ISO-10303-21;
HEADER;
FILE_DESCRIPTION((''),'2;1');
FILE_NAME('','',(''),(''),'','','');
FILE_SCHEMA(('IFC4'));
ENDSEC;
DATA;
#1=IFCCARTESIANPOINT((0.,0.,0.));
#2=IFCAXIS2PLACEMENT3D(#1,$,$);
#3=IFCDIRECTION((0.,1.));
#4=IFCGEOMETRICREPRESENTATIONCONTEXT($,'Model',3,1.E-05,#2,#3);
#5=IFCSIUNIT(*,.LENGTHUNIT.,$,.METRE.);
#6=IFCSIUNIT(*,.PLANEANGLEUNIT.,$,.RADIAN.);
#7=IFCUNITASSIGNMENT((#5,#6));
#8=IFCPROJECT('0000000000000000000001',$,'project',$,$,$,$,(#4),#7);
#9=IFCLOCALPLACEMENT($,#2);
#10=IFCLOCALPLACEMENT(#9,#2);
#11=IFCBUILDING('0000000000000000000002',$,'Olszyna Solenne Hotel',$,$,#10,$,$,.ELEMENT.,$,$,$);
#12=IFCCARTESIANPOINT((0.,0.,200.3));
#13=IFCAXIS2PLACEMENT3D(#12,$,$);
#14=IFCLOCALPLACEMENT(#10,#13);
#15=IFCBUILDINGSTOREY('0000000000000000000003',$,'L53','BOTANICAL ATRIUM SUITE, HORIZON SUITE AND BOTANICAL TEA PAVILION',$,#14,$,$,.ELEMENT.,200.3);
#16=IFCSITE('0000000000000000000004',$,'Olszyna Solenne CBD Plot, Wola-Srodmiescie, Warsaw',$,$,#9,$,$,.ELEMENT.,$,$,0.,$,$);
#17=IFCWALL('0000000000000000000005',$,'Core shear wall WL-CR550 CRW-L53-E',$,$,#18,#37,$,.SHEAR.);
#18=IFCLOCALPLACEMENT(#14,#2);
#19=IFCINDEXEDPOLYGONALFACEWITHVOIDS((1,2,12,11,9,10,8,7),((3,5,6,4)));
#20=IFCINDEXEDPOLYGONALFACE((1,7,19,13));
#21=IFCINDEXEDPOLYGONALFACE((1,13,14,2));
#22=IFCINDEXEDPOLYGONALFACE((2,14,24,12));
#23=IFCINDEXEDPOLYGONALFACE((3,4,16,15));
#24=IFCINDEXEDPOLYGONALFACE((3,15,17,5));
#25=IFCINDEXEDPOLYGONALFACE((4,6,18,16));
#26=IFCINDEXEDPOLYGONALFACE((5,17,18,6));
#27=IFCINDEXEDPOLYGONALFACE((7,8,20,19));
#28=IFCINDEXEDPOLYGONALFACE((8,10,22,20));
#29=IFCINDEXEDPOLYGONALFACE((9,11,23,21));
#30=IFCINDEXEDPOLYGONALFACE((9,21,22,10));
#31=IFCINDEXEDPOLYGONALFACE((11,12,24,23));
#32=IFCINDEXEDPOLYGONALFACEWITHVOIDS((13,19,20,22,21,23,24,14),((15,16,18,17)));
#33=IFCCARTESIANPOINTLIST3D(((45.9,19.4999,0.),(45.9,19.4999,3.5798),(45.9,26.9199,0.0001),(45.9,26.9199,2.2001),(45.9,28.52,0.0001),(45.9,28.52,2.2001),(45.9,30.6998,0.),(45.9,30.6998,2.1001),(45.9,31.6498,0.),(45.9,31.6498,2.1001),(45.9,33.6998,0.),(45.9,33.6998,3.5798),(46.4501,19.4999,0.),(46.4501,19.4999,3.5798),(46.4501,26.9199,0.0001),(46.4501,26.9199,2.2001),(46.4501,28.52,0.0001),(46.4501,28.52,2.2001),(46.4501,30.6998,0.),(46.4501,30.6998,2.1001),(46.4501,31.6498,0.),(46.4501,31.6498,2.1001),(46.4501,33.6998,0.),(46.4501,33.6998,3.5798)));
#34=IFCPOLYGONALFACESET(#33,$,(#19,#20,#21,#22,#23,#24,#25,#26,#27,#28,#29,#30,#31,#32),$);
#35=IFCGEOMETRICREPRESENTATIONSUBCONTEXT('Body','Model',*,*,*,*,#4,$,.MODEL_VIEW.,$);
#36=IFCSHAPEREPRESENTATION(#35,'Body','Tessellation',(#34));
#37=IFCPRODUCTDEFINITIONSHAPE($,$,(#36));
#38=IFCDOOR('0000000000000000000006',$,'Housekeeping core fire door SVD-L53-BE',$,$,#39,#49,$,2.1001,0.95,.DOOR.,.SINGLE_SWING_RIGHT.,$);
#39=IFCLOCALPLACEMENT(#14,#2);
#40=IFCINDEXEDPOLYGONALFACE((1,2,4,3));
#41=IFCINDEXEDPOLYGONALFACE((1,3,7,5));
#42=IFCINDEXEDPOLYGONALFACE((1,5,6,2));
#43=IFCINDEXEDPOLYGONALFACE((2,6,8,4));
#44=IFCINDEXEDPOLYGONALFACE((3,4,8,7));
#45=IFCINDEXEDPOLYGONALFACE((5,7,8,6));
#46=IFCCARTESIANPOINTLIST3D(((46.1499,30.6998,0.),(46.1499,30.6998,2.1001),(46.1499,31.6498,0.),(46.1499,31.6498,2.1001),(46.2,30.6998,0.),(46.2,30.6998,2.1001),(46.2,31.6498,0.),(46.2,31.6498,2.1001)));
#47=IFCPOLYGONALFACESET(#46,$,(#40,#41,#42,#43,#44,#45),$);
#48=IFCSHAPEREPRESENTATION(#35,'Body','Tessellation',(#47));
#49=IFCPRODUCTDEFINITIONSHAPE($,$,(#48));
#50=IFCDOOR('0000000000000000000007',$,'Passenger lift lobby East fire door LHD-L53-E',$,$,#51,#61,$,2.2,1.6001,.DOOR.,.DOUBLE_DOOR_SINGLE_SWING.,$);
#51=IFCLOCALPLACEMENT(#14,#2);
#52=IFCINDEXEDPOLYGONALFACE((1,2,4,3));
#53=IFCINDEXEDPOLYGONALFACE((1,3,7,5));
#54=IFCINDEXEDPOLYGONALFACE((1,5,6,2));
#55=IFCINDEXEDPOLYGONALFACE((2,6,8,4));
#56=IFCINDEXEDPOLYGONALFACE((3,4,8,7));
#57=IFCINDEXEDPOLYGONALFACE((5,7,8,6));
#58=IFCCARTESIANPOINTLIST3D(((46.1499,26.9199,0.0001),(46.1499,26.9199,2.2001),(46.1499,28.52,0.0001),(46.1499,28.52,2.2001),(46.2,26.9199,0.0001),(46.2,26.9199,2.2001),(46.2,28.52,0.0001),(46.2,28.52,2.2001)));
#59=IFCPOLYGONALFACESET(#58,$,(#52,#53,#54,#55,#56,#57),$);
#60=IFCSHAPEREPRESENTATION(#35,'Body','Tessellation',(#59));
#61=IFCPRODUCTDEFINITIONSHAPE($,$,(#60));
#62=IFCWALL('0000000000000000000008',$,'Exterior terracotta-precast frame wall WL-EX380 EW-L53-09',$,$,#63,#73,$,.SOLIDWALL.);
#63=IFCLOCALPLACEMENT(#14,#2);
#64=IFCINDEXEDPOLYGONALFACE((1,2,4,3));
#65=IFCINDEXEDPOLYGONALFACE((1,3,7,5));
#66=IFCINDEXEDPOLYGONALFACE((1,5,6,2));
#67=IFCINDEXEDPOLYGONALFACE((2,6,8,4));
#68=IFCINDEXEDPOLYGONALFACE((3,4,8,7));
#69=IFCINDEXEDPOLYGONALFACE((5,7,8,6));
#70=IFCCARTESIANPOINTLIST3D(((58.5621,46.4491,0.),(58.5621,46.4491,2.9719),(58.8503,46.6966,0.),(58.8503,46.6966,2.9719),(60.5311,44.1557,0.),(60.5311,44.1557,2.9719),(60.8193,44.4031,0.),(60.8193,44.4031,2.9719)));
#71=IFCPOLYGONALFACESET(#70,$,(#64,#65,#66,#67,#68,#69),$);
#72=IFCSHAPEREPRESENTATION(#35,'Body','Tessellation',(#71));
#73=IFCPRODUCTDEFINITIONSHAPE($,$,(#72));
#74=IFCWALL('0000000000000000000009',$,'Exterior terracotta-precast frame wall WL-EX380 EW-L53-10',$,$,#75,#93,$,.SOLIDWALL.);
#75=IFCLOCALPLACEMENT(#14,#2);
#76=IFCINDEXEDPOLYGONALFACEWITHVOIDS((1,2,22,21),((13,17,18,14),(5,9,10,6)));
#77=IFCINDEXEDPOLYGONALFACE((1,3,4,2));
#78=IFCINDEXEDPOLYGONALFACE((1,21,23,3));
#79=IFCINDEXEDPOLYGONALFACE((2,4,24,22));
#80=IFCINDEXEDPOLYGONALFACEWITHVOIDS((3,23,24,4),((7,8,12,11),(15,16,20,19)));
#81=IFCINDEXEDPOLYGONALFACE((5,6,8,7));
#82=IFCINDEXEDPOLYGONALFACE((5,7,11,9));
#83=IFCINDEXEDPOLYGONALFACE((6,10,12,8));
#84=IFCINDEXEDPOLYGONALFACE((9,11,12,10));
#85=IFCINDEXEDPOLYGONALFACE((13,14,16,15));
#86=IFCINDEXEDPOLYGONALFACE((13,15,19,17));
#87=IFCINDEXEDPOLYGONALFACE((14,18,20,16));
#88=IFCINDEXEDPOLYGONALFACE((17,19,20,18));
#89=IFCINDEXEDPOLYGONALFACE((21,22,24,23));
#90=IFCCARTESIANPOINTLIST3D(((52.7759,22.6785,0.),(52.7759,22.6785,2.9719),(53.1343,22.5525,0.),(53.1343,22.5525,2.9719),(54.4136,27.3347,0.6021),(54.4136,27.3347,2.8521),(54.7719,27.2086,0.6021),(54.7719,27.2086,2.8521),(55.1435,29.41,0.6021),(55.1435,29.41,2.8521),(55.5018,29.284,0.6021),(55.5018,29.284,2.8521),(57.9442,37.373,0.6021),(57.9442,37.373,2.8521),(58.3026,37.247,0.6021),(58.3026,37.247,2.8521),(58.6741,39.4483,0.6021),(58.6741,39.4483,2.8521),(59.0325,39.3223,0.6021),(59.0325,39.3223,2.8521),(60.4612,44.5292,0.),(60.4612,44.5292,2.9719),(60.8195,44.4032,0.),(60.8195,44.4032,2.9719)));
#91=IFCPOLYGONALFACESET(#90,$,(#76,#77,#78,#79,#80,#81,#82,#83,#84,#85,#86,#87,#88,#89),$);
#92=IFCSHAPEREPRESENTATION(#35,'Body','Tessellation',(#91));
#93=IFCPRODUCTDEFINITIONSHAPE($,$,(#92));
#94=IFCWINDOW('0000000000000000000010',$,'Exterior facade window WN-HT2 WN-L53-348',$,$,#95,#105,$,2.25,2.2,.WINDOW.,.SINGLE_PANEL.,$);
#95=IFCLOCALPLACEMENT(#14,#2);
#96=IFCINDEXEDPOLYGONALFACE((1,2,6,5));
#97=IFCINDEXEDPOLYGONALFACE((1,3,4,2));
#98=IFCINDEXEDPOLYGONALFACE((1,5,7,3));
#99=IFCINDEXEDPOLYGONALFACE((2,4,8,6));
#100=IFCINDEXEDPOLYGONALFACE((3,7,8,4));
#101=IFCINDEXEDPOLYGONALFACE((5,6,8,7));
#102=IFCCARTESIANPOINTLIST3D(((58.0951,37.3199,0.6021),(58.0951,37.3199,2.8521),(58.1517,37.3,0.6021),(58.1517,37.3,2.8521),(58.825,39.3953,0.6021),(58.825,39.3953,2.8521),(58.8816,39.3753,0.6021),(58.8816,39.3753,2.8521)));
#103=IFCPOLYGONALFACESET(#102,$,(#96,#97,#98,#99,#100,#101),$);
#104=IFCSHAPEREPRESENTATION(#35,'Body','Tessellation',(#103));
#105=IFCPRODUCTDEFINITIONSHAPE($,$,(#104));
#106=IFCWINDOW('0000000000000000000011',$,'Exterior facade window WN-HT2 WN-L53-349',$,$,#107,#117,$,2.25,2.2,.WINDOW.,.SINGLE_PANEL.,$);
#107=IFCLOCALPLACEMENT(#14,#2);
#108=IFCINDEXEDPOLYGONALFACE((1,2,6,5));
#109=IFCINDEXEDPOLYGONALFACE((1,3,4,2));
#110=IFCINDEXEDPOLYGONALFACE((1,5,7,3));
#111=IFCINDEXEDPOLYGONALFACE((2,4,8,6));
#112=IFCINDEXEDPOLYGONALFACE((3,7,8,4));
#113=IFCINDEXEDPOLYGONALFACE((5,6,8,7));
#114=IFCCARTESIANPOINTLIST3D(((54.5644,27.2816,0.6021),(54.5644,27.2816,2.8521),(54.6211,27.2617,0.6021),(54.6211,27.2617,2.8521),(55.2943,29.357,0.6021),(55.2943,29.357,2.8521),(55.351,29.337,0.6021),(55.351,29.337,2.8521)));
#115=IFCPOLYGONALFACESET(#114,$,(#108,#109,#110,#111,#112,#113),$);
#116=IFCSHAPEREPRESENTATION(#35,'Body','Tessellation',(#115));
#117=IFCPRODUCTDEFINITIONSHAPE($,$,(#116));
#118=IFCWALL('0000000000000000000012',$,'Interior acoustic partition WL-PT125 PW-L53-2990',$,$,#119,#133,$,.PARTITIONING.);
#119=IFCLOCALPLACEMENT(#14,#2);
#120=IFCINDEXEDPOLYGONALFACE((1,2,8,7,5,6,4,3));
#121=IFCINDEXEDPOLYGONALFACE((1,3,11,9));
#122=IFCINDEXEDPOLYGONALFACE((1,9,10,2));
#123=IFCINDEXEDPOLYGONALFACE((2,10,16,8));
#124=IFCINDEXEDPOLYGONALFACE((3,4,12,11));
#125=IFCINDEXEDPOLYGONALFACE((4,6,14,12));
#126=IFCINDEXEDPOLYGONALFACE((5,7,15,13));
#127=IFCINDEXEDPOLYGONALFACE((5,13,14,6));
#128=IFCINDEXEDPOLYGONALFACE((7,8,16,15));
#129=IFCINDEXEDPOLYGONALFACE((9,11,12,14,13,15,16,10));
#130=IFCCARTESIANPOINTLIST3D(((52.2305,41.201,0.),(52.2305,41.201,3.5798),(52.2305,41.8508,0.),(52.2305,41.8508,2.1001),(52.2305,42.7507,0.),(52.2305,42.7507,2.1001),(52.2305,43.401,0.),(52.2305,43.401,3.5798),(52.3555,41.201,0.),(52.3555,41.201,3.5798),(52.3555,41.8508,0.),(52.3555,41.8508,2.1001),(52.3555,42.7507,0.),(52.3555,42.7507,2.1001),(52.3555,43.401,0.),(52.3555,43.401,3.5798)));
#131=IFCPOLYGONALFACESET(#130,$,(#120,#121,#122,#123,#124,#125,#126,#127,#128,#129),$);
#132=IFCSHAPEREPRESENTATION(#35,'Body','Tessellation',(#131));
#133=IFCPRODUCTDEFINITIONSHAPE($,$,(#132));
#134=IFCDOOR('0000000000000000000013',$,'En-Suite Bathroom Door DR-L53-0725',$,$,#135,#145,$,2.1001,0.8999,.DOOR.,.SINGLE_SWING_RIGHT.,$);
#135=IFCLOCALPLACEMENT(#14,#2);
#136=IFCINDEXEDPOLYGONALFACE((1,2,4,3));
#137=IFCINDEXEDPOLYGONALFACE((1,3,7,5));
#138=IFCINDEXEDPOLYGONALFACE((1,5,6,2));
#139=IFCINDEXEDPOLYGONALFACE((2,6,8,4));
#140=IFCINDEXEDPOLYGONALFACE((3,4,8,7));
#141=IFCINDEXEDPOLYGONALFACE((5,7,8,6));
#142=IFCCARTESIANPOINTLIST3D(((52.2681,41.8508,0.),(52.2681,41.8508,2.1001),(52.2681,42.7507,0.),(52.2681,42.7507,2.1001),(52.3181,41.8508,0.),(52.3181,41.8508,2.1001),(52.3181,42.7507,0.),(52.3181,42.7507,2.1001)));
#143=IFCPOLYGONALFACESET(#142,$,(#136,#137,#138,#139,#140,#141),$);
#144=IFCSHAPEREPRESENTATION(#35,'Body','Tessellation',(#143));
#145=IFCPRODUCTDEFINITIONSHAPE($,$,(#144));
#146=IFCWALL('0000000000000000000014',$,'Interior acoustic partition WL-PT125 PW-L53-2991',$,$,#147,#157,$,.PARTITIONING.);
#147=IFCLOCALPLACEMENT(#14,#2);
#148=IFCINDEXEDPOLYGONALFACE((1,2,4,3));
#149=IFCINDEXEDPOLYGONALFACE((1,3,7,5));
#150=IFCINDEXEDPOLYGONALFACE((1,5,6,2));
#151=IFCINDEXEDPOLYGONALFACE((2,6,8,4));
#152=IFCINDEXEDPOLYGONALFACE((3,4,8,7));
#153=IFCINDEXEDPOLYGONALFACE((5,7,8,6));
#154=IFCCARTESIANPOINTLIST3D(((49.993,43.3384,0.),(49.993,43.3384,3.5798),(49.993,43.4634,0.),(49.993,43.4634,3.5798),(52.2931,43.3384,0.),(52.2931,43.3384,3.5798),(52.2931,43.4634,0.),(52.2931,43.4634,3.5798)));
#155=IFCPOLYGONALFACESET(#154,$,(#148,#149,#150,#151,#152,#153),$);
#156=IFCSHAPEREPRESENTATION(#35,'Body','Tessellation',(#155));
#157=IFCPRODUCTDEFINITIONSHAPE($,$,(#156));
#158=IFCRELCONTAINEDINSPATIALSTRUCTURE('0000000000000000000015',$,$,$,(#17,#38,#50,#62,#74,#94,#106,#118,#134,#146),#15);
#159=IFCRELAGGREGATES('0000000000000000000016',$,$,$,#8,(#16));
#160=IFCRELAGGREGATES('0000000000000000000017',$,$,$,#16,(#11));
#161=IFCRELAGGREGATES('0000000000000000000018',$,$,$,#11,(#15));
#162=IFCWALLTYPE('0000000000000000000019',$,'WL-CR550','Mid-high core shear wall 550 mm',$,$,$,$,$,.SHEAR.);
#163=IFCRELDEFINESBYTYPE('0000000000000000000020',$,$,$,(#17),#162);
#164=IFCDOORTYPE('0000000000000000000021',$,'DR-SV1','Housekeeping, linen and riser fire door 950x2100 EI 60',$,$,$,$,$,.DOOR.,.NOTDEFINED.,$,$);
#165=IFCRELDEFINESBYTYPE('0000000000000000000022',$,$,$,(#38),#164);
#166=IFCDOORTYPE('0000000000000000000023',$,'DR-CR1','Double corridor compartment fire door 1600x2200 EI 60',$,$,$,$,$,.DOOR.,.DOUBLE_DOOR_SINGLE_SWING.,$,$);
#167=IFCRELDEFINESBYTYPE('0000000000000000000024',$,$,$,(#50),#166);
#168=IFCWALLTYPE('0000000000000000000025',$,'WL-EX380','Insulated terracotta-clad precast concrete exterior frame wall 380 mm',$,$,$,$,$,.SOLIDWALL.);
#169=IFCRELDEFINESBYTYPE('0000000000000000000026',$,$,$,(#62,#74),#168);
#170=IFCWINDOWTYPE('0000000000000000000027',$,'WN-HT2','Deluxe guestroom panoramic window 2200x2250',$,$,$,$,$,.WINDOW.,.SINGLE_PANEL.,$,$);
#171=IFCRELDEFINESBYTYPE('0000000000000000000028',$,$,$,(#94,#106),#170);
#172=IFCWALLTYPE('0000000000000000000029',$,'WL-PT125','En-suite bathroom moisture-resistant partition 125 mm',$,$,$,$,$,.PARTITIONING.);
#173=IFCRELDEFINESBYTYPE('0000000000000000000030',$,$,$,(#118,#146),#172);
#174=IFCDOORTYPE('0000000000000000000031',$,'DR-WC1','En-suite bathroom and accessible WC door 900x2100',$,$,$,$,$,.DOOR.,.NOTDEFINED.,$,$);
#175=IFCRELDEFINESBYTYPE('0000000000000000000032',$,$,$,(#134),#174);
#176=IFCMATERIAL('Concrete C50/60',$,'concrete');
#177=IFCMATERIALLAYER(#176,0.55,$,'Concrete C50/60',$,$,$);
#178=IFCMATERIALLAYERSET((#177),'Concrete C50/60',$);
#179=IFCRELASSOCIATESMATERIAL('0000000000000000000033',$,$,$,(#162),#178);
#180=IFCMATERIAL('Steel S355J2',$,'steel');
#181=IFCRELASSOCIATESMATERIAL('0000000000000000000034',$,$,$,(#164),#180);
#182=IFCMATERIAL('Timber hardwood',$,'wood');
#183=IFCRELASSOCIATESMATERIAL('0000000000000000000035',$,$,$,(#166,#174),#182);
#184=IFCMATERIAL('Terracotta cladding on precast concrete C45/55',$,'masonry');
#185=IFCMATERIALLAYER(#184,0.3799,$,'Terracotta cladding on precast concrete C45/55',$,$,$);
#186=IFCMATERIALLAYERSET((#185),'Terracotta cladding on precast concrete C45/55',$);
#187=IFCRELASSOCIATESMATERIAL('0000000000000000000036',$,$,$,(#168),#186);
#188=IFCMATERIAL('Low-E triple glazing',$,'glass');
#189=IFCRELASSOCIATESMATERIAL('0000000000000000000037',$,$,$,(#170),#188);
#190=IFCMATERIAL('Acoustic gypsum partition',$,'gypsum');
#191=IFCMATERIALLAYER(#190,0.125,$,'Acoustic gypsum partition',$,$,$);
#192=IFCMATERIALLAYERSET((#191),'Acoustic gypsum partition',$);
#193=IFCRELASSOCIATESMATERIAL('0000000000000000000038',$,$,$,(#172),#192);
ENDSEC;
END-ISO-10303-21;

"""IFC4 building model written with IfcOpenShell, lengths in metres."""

from ifc_helpers import new_model, si_unit, direction, frame, frame_2d, origin, place, context, subcontext, project, spatial, rectangle, extrude, source, transform, mapped, material, layer, layer_set, type_object, type_shapes, element, fill, save


model = new_model("IFC4")

# Units and contexts
model_context = context("Model", 3, precision=1e-05, world=origin(), true_north=direction((0.0, 1.0)))
body_context = subcontext(model_context, "Body", "Model", "MODEL_VIEW")
ifc_project = project(units=[si_unit("LENGTHUNIT", "METRE"), si_unit("PLANEANGLEUNIT", "RADIAN")], contexts=[model_context])

# Site, building, storey
site_placement = place(None, origin())
site = spatial("IfcSite", under=ifc_project, at=site_placement, Name="Olszyna Solenne CBD Plot, Wola-Srodmiescie, Warsaw", CompositionType="ELEMENT", RefElevation=0.0)
building_placement = place(site_placement, origin())
building = spatial("IfcBuilding", under=site, at=building_placement, Name="Olszyna Solenne Hotel", CompositionType="ELEMENT")
storey_placement = place(building_placement, frame((0.0, 0.0, 200.3)))
storey = spatial("IfcBuildingStorey", under=building, at=storey_placement, Name="L53", Description="BOTANICAL ATRIUM SUITE, HORIZON SUITE AND BOTANICAL TEA PAVILION", CompositionType="ELEMENT", Elevation=200.3)

# Shared definitions
ifc_material_1 = material(Name="Steel S355J2", Category="steel")

# Wall, openings, doors
ifc_material_2 = material(Name="Concrete C50/60", Category="concrete")
ifc_layer_1 = layer(ifc_material_2, 0.55, Name="Concrete C50/60")
ifc_layer_set_1 = layer_set([ifc_layer_1], Name="Concrete C50/60")
wall_type_1 = type_object("IfcWallType", Name="WL-CR550", Description="Mid-high core shear wall 550 mm", PredefinedType="SHEAR", material=ifc_layer_set_1)
wall_1_placement = place(storey_placement, frame((46.175, 33.7, 0.0), z_axis=(0.0, 0.0, 1.0), x_axis=(0.0, -1.0, 0.0)))
wall_1 = element("IfcWall", 1, at=wall_1_placement, inside=storey, type_object=wall_type_1, Name="Core shear wall WL-CR550 CRW-L53-E", PredefinedType="SHEAR", context=body_context, shape_type="SweptSolid", body=[
    extrude(rectangle(XDim=14.2, YDim=0.55, at=frame_2d((7.1001, 0.0))), origin(), (0.0, 0.0, 1.0), 3.5798),
])
opening_1_placement = place(wall_1_placement, frame((5.1799, 0.0, 0.0)))
opening_1 = element("IfcOpeningElement", 2, at=opening_1_placement, cuts=wall_1, PredefinedType="OPENING", context=body_context, shape_type="SweptSolid", body=[
    extrude(rectangle(XDim=1.6001, YDim=2.2, at=frame_2d((0.8, 1.1001))), frame((0.0, 0.2852, 0.0), z_axis=(0.0, -1.0, 0.0), x_axis=(1.0, 0.0, 0.0)), (0.0, 0.0, 1.0), 0.5701),
])
opening_2_placement = place(wall_1_placement, frame((2.05, 0.0, 0.0)))
opening_2 = element("IfcOpeningElement", 3, at=opening_2_placement, cuts=wall_1, PredefinedType="OPENING", context=body_context, shape_type="SweptSolid", body=[
    extrude(rectangle(XDim=0.95, YDim=2.1001, at=frame_2d((0.4751, 1.05))), frame((0.0, 0.2852, 0.0), z_axis=(0.0, -1.0, 0.0), x_axis=(1.0, 0.0, 0.0)), (0.0, 0.0, 1.0), 0.5701),
])
door_type_1 = type_object("IfcDoorType", Name="DR-SV1", Description="Housekeeping, linen and riser fire door 950x2100 EI 60", OperationType="NOTDEFINED", PredefinedType="DOOR", material=ifc_material_1)
shared_shape_1 = source(origin(), body_context, "Body", "SweptSolid", [
    extrude(rectangle(XDim=0.95, YDim=2.1001, at=frame_2d((0.4751, 1.05))), frame((0.0, 0.0249, 0.0), z_axis=(0.0, -1.0, 0.0), x_axis=(1.0, 0.0, 0.0)), (0.0, 0.0, 1.0), 0.05),
])
type_shapes(door_type_1, [shared_shape_1])
door_1_placement = place(opening_2_placement, origin())
door_1 = element("IfcDoor", 4, at=door_1_placement, inside=storey, type_object=door_type_1, Name="Housekeeping core fire door SVD-L53-BE", OperationType="SINGLE_SWING_RIGHT", OverallHeight=2.1001, OverallWidth=0.95, PredefinedType="DOOR", context=body_context, shape_type="MappedRepresentation", body=[
    mapped(shared_shape_1, transform((0.0, 0.0, 0.0), x_axis=(1.0, 0.0, 0.0), y_axis=(0.0, 1.0, 0.0), z_axis=(0.0, 0.0, 1.0), scale=1.0)),
])
fill(opening_2, door_1)
ifc_material_3 = material(Name="Timber hardwood", Category="wood")
door_type_2 = type_object("IfcDoorType", Name="DR-CR1", Description="Double corridor compartment fire door 1600x2200 EI 60", OperationType="DOUBLE_DOOR_SINGLE_SWING", PredefinedType="DOOR", material=ifc_material_3)
shared_shape_2 = source(origin(), body_context, "Body", "SweptSolid", [
    extrude(rectangle(XDim=1.6001, YDim=2.2, at=frame_2d((0.8, 1.1001))), frame((0.0, 0.0249, 0.0), z_axis=(0.0, -1.0, 0.0), x_axis=(1.0, 0.0, 0.0)), (0.0, 0.0, 1.0), 0.05),
])
type_shapes(door_type_2, [shared_shape_2])
door_2_placement = place(opening_1_placement, origin())
door_2 = element("IfcDoor", 5, at=door_2_placement, inside=storey, type_object=door_type_2, Name="Passenger lift lobby East fire door LHD-L53-E", OperationType="DOUBLE_DOOR_SINGLE_SWING", OverallHeight=2.2, OverallWidth=1.6001, PredefinedType="DOOR", context=body_context, shape_type="MappedRepresentation", body=[
    mapped(shared_shape_2, transform((0.0, 0.0, 0.0), x_axis=(1.0, 0.0, 0.0), y_axis=(0.0, 1.0, 0.0), z_axis=(0.0, 0.0, 1.0), scale=1.0)),
])
fill(opening_1, door_2)

# Wall
ifc_material_4 = material(Name="Terracotta cladding on precast concrete C45/55", Category="masonry")
ifc_layer_2 = layer(ifc_material_4, 0.3799, Name="Terracotta cladding on precast concrete C45/55")
ifc_layer_set_2 = layer_set([ifc_layer_2], Name="Terracotta cladding on precast concrete C45/55")
wall_type_2 = type_object("IfcWallType", Name="WL-EX380", Description="Insulated terracotta-clad precast concrete exterior frame wall 380 mm", PredefinedType="SOLIDWALL", material=ifc_layer_set_2)
wall_2_placement = place(storey_placement, frame((58.7063, 46.5728, 0.0), z_axis=(0.0, 0.0, 1.0), x_axis=(0.651396, -0.758738, 0.0)))
element("IfcWall", 6, at=wall_2_placement, inside=storey, type_object=wall_type_2, Name="Exterior terracotta-precast frame wall WL-EX380 EW-L53-09", PredefinedType="SOLIDWALL", context=body_context, shape_type="SweptSolid", body=[
    extrude(rectangle(XDim=3.0227, YDim=0.3799, at=frame_2d((1.5112, 0.0))), origin(), (0.0, 0.0, 1.0), 2.9719),
])

# Wall, openings, windows
wall_3_placement = place(storey_placement, frame((60.6404, 44.4663, 0.0), z_axis=(0.0, 0.0, 1.0), x_axis=(-0.331793, -0.943352, 0.0)))
wall_3 = element("IfcWall", 7, at=wall_3_placement, inside=storey, type_object=wall_type_2, Name="Exterior terracotta-precast frame wall WL-EX380 EW-L53-10", PredefinedType="SOLIDWALL", context=body_context, shape_type="SweptSolid", body=[
    extrude(rectangle(XDim=23.1628, YDim=0.3799, at=frame_2d((11.5815, 0.0))), origin(), (0.0, 0.0, 1.0), 2.9719),
])
opening_3_placement = place(wall_3_placement, frame((5.386, 0.0, 0.6021)))
opening_3 = element("IfcOpeningElement", 8, at=opening_3_placement, cuts=wall_3, PredefinedType="OPENING", context=body_context, shape_type="SweptSolid", body=[
    extrude(rectangle(XDim=2.2, YDim=2.25, at=frame_2d((1.1001, 1.125))), frame((0.0, 0.2, 0.0), z_axis=(0.0, -1.0, 0.0), x_axis=(1.0, 0.0, 0.0)), (0.0, 0.0, 1.0), 0.3999),
])
opening_4_placement = place(wall_3_placement, frame((16.0271, 0.0, 0.6021)))
opening_4 = element("IfcOpeningElement", 9, at=opening_4_placement, cuts=wall_3, PredefinedType="OPENING", context=body_context, shape_type="SweptSolid", body=[
    extrude(rectangle(XDim=2.2, YDim=2.25, at=frame_2d((1.1001, 1.125))), frame((0.0, 0.2, 0.0), z_axis=(0.0, -1.0, 0.0), x_axis=(1.0, 0.0, 0.0)), (0.0, 0.0, 1.0), 0.3999),
])
ifc_material_5 = material(Name="Low-E triple glazing", Category="glass")
window_type = type_object("IfcWindowType", Name="WN-HT2", Description="Deluxe guestroom panoramic window 2200x2250", PartitioningType="SINGLE_PANEL", PredefinedType="WINDOW", material=ifc_material_5)
shared_shape_3 = source(origin(), body_context, "Body", "SweptSolid", [
    extrude(rectangle(XDim=2.2, YDim=2.25, at=frame_2d((1.1001, 1.125))), frame((0.0, 0.03, 0.0), z_axis=(0.0, -1.0, 0.0), x_axis=(1.0, 0.0, 0.0)), (0.0, 0.0, 1.0), 0.0601),
])
type_shapes(window_type, [shared_shape_3])
window_1_placement = place(opening_3_placement, origin())
window_1 = element("IfcWindow", 10, at=window_1_placement, inside=storey, type_object=window_type, Name="Exterior facade window WN-HT2 WN-L53-348", OverallHeight=2.25, OverallWidth=2.2, PartitioningType="SINGLE_PANEL", PredefinedType="WINDOW", context=body_context, shape_type="MappedRepresentation", body=[
    mapped(shared_shape_3, transform((0.0, 0.0, 0.0), x_axis=(1.0, 0.0, 0.0), y_axis=(0.0, 1.0, 0.0), z_axis=(0.0, 0.0, 1.0), scale=1.0)),
])
fill(opening_3, window_1)
window_2_placement = place(opening_4_placement, origin())
window_2 = element("IfcWindow", 11, at=window_2_placement, inside=storey, type_object=window_type, Name="Exterior facade window WN-HT2 WN-L53-349", OverallHeight=2.25, OverallWidth=2.2, PartitioningType="SINGLE_PANEL", PredefinedType="WINDOW", context=body_context, shape_type="MappedRepresentation", body=[
    mapped(shared_shape_3, transform((0.0, 0.0, 0.0), x_axis=(1.0, 0.0, 0.0), y_axis=(0.0, 1.0, 0.0), z_axis=(0.0, 0.0, 1.0), scale=1.0)),
])
fill(opening_4, window_2)

# Wall, opening, door
ifc_material_6 = material(Name="Acoustic gypsum partition", Category="gypsum")
ifc_layer_3 = layer(ifc_material_6, 0.125, Name="Acoustic gypsum partition")
ifc_layer_set_3 = layer_set([ifc_layer_3], Name="Acoustic gypsum partition")
wall_type_3 = type_object("IfcWallType", Name="WL-PT125", Description="En-suite bathroom moisture-resistant partition 125 mm", PredefinedType="PARTITIONING", material=ifc_layer_set_3)
wall_4_placement = place(storey_placement, frame((52.293, 41.2009, 0.0), z_axis=(0.0, 0.0, 1.0), x_axis=(0.0, 1.0, 0.0)))
wall_4 = element("IfcWall", 12, at=wall_4_placement, inside=storey, type_object=wall_type_3, Name="Interior acoustic partition WL-PT125 PW-L53-2990", PredefinedType="PARTITIONING", context=body_context, shape_type="SweptSolid", body=[
    extrude(rectangle(XDim=2.2, YDim=0.125, at=frame_2d((1.1001, 0.0))), origin(), (0.0, 0.0, 1.0), 3.5798),
])
opening_5_placement = place(wall_4_placement, frame((0.6499, 0.0, 0.0)))
opening_5 = element("IfcOpeningElement", 13, at=opening_5_placement, cuts=wall_4, PredefinedType="OPENING", context=body_context, shape_type="SweptSolid", body=[
    extrude(rectangle(XDim=0.8999, YDim=2.1001, at=frame_2d((0.45, 1.05))), frame((0.0, 0.0725, 0.0), z_axis=(0.0, -1.0, 0.0), x_axis=(1.0, 0.0, 0.0)), (0.0, 0.0, 1.0), 0.145),
])
door_type_3 = type_object("IfcDoorType", Name="DR-WC1", Description="En-suite bathroom and accessible WC door 900x2100", OperationType="NOTDEFINED", PredefinedType="DOOR", material=ifc_material_3)
shared_shape_4 = source(origin(), body_context, "Body", "SweptSolid", [
    extrude(rectangle(XDim=0.8999, YDim=2.1001, at=frame_2d((0.45, 1.05))), frame((0.0, 0.0249, 0.0), z_axis=(0.0, -1.0, 0.0), x_axis=(1.0, 0.0, 0.0)), (0.0, 0.0, 1.0), 0.05),
])
type_shapes(door_type_3, [shared_shape_4])
door_3_placement = place(opening_5_placement, origin())
door_3 = element("IfcDoor", 14, at=door_3_placement, inside=storey, type_object=door_type_3, Name="En-Suite Bathroom Door DR-L53-0725", OperationType="SINGLE_SWING_RIGHT", OverallHeight=2.1001, OverallWidth=0.8999, PredefinedType="DOOR", context=body_context, shape_type="MappedRepresentation", body=[
    mapped(shared_shape_4, transform((0.0, 0.0, 0.0), x_axis=(1.0, 0.0, 0.0), y_axis=(0.0, 1.0, 0.0), z_axis=(0.0, 0.0, 1.0), scale=1.0)),
])
fill(opening_5, door_3)

# Wall
wall_5_placement = place(storey_placement, frame((52.293, 43.4009, 0.0), z_axis=(0.0, 0.0, 1.0), x_axis=(-1.0, 0.0, 0.0)))
element("IfcWall", 15, at=wall_5_placement, inside=storey, type_object=wall_type_3, Name="Interior acoustic partition WL-PT125 PW-L53-2991", PredefinedType="PARTITIONING", context=body_context, shape_type="SweptSolid", body=[
    extrude(rectangle(XDim=2.3, YDim=0.125, at=frame_2d((1.1499, 0.0))), origin(), (0.0, 0.0, 1.0), 3.5798),
])

save(model, "model.ifc")
